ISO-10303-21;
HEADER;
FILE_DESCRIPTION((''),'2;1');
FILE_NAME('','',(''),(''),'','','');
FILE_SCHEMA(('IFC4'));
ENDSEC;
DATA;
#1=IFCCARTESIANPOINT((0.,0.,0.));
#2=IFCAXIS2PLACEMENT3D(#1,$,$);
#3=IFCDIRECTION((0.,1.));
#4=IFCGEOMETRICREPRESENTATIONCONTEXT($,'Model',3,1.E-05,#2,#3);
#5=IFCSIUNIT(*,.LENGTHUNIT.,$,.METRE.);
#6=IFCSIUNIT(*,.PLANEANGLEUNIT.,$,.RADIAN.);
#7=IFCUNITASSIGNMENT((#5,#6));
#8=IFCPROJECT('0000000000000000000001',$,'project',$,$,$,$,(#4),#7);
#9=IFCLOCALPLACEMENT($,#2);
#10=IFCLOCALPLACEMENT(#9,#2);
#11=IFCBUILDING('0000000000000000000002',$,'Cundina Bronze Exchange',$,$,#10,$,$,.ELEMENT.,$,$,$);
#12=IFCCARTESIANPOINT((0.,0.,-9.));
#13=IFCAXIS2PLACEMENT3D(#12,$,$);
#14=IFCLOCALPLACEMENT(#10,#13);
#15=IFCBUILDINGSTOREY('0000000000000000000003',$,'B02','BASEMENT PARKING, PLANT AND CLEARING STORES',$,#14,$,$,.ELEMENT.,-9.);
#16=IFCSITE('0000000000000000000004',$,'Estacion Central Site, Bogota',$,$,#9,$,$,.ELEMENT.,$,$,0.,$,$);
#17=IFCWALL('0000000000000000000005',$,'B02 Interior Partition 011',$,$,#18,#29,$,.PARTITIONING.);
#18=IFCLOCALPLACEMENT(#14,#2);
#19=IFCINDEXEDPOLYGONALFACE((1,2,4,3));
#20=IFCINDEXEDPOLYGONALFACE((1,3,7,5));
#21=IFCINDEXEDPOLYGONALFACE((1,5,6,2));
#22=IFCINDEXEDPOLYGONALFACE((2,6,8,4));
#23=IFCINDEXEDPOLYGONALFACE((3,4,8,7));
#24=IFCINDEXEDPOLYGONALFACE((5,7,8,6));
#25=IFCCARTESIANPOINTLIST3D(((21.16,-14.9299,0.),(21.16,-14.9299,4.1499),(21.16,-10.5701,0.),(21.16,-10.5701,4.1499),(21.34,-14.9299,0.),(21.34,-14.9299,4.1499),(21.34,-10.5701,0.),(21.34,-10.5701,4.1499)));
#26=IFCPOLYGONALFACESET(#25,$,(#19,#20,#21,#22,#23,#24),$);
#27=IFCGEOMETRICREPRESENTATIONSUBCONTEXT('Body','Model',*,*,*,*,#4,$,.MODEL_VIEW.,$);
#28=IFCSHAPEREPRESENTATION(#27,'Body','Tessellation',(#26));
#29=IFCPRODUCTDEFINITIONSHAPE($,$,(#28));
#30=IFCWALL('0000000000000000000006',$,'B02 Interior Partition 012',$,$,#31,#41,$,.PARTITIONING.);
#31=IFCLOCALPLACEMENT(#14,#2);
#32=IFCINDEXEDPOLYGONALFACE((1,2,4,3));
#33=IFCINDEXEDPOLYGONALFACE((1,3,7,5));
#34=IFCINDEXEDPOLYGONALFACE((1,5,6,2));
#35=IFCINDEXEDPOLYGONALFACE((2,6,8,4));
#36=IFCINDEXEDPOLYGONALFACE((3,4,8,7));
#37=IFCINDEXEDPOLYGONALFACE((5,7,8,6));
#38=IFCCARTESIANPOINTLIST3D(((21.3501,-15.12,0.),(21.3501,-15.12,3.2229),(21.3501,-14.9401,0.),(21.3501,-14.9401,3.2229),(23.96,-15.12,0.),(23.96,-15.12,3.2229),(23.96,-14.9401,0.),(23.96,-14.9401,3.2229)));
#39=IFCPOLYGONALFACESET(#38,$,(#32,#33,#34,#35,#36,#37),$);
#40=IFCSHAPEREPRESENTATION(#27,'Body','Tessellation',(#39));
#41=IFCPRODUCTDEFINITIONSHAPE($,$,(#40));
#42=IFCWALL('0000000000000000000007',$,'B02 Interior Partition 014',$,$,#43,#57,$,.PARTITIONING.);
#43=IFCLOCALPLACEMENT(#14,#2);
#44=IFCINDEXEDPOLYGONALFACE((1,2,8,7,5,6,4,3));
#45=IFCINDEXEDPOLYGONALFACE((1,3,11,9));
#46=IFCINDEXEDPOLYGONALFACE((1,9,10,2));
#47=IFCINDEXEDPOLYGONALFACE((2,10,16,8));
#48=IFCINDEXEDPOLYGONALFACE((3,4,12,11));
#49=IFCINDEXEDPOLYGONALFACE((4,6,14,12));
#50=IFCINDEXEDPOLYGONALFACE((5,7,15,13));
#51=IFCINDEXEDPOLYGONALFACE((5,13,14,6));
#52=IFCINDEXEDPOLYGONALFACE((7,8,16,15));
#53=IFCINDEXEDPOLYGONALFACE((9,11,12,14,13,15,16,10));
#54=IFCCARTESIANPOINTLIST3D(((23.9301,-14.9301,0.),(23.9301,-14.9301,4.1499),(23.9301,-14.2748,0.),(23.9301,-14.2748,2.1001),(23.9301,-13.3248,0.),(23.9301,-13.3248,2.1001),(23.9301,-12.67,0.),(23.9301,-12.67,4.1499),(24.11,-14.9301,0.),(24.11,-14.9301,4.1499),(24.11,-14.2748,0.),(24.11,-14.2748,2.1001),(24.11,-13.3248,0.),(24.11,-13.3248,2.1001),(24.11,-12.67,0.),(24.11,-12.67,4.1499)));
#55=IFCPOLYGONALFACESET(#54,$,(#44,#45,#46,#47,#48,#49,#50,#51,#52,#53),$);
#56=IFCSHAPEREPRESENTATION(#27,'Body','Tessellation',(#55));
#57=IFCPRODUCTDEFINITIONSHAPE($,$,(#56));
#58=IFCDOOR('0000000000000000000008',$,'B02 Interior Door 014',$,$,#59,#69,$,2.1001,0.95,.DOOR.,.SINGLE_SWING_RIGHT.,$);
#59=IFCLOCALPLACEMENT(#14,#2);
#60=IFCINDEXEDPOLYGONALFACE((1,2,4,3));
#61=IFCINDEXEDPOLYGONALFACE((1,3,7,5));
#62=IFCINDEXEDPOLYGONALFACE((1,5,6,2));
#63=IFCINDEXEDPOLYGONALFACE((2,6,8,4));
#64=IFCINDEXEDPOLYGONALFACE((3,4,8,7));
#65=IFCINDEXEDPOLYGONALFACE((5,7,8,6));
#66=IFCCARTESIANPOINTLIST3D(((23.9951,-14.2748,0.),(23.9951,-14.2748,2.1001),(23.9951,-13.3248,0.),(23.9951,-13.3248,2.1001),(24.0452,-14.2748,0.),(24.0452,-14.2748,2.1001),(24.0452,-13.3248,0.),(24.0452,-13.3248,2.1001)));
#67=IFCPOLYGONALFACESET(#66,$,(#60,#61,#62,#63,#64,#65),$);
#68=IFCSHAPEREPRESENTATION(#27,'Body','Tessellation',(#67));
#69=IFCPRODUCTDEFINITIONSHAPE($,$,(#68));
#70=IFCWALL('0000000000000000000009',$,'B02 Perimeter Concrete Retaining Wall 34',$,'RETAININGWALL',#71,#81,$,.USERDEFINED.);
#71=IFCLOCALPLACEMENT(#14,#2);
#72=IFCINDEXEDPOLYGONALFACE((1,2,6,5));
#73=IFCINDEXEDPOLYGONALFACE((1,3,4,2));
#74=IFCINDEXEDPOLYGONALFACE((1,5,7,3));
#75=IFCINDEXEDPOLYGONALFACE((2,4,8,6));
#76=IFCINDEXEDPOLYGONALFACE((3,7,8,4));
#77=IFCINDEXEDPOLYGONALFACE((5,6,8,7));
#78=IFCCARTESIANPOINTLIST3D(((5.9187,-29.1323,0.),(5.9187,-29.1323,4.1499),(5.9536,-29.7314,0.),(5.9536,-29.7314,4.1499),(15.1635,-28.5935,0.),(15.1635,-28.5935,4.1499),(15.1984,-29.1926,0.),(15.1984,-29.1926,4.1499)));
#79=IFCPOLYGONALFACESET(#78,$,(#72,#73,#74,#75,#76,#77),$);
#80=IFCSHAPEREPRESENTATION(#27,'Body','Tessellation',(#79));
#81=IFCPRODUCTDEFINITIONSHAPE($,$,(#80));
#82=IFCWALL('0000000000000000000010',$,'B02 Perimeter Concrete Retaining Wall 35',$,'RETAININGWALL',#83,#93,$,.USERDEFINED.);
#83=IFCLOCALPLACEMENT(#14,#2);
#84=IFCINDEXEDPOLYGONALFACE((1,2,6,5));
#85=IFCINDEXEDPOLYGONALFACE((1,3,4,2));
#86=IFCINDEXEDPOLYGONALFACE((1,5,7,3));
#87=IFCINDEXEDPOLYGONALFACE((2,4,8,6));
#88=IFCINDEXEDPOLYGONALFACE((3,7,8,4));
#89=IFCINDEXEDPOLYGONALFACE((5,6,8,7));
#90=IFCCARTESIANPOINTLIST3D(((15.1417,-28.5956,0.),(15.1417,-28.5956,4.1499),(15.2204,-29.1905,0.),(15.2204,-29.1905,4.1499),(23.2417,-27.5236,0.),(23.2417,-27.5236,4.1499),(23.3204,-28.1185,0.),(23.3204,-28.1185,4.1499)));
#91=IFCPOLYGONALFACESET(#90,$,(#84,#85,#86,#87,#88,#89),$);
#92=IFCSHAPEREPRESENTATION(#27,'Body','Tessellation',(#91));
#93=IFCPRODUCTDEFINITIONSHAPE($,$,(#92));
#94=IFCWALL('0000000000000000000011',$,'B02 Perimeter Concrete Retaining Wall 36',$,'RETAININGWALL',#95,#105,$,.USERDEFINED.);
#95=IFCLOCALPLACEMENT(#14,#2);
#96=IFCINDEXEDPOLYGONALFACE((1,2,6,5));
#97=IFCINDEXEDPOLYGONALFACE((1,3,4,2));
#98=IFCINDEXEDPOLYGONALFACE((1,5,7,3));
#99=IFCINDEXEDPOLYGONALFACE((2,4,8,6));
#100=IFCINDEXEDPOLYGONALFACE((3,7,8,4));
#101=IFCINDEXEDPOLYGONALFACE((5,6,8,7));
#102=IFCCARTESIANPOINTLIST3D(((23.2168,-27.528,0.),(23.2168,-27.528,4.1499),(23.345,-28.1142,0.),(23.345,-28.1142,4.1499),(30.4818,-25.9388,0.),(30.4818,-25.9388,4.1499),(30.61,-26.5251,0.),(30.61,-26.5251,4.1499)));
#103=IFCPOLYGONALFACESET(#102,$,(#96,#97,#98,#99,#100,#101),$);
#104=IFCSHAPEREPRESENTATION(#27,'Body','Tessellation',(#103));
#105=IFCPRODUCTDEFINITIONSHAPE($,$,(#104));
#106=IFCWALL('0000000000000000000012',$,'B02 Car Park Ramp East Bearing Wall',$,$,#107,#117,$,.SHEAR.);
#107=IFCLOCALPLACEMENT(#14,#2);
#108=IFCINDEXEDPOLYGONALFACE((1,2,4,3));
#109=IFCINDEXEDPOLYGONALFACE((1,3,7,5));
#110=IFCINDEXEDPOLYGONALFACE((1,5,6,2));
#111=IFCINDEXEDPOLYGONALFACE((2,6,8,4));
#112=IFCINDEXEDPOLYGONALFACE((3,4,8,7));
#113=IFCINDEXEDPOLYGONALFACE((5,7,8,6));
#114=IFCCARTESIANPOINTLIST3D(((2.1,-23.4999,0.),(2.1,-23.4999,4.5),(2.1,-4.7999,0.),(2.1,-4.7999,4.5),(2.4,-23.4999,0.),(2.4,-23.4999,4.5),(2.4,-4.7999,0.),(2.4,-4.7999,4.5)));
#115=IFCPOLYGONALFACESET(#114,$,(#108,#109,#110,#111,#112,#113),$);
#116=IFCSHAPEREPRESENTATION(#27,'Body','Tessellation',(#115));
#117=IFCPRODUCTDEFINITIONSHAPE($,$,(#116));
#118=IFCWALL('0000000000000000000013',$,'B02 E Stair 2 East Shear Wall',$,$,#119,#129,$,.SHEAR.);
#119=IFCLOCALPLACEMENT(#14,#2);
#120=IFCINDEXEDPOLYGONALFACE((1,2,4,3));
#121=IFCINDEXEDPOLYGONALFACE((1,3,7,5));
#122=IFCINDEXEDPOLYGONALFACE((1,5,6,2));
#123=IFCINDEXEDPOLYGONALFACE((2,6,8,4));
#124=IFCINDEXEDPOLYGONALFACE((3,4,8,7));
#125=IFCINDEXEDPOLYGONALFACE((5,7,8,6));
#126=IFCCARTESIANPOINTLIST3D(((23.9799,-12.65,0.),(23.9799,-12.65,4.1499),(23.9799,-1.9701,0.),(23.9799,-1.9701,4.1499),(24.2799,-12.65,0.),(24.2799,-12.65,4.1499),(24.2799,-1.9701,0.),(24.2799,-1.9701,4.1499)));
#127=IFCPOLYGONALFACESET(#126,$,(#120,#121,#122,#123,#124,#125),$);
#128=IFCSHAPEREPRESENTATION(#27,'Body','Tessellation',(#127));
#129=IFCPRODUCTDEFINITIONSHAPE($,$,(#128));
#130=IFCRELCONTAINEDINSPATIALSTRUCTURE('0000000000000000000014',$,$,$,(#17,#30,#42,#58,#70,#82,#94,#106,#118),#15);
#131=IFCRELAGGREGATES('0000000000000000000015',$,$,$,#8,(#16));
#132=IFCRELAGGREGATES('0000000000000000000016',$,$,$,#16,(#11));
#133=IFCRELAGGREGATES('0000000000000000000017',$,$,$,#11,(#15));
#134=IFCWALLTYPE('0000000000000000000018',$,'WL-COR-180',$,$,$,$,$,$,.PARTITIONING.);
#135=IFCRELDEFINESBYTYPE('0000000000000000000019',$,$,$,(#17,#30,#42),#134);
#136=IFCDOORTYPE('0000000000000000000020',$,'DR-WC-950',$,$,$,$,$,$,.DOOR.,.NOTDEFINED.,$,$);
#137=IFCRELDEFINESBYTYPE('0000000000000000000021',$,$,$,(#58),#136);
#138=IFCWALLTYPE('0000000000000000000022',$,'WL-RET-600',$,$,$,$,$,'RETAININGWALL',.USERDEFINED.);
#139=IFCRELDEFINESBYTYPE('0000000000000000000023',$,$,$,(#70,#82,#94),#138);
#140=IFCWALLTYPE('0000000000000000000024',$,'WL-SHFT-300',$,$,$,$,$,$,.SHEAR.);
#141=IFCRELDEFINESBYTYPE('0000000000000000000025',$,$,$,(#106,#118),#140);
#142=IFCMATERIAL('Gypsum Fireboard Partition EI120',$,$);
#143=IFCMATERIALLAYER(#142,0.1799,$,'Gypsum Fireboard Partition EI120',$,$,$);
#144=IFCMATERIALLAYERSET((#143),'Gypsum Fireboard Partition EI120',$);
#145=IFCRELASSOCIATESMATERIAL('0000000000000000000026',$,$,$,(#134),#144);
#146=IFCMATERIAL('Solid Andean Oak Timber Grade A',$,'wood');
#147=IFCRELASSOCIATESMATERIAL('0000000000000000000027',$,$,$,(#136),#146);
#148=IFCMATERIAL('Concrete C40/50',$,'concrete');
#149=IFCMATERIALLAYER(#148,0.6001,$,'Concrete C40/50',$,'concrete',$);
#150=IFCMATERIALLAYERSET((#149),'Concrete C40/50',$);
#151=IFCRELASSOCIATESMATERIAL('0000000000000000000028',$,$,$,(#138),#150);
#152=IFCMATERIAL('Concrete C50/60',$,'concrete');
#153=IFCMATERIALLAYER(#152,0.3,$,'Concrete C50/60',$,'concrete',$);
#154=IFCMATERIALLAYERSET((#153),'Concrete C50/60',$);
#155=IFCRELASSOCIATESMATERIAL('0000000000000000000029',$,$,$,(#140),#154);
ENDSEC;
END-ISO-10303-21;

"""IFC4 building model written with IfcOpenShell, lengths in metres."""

from ifc_helpers import new_model, si_unit, direction, frame, frame_2d, origin, place, context, subcontext, project, spatial, rectangle, extrude, material, layer, layer_set, type_object, element, fill, save


model = new_model("IFC4")

# Units and contexts
model_context = context("Model", 3, precision=1e-05, world=origin(), true_north=direction((0.0, 1.0)))
body_context = subcontext(model_context, "Body", "Model", "MODEL_VIEW")
ifc_project = project(units=[si_unit("LENGTHUNIT", "METRE"), si_unit("PLANEANGLEUNIT", "RADIAN")], contexts=[model_context])

# Site, building, storey
site_placement = place(None, origin())
site = spatial("IfcSite", under=ifc_project, at=site_placement, Name="Estacion Central Site, Bogota", CompositionType="ELEMENT", RefElevation=0.0)
building_placement = place(site_placement, origin())
building = spatial("IfcBuilding", under=site, at=building_placement, Name="Cundina Bronze Exchange", CompositionType="ELEMENT")
storey_placement = place(building_placement, frame((0.0, 0.0, -9.0)))
storey = spatial("IfcBuildingStorey", under=building, at=storey_placement, Name="B02", Description="BASEMENT PARKING, PLANT AND CLEARING STORES", CompositionType="ELEMENT", Elevation=-9.0)

# Shared definitions
ifc_material_1 = material(Name="Concrete C40/50", Category="concrete")

# Shared definitions
ifc_material_2 = material(Name="Concrete C50/60", Category="concrete")

# Walls
ifc_material_3 = material(Name="Gypsum Fireboard Partition EI120")
ifc_layer_1 = layer(ifc_material_3, 0.1799, Name="Gypsum Fireboard Partition EI120")
ifc_layer_set_1 = layer_set([ifc_layer_1], Name="Gypsum Fireboard Partition EI120")
wall_type_1 = type_object("IfcWallType", Name="WL-COR-180", PredefinedType="PARTITIONING", material=ifc_layer_set_1)
wall_1_placement = place(storey_placement, frame((21.25, -14.9299, 0.0), z_axis=(0.0, 0.0, 1.0), x_axis=(0.0, 1.0, 0.0)))
element("IfcWall", 1, at=wall_1_placement, inside=storey, type_object=wall_type_1, Name="B02 Interior Partition 011", PredefinedType="PARTITIONING", context=body_context, shape_type="SweptSolid", body=[
    extrude(rectangle(XDim=4.3599, YDim=0.1799, at=frame_2d((2.1799, 0.0))), origin(), (0.0, 0.0, 1.0), 4.1499),
])
wall_2_placement = place(storey_placement, frame((21.3501, -15.03, 0.0), z_axis=(0.0, 0.0, 1.0), x_axis=(1.0, 0.0, 0.0)))
element("IfcWall", 2, at=wall_2_placement, inside=storey, type_object=wall_type_1, Name="B02 Interior Partition 012", PredefinedType="PARTITIONING", context=body_context, shape_type="SweptSolid", body=[
    extrude(rectangle(XDim=2.6099, YDim=0.1799, at=frame_2d((1.3049, 0.0))), origin(), (0.0, 0.0, 1.0), 3.2229),
])

# Wall, opening, door
wall_3_placement = place(storey_placement, frame((24.02, -14.9299, 0.0), z_axis=(0.0, 0.0, 1.0), x_axis=(0.0, 1.0, 0.0)))
wall_3 = element("IfcWall", 3, at=wall_3_placement, inside=storey, type_object=wall_type_1, Name="B02 Interior Partition 014", PredefinedType="PARTITIONING", context=body_context, shape_type="SweptSolid", body=[
    extrude(rectangle(XDim=2.26, YDim=0.1799, at=frame_2d((1.1299, 0.0))), origin(), (0.0, 0.0, 1.0), 4.1499),
])
opening_placement = place(wall_3_placement, frame((0.655, 0.0, 0.0)))
opening = element("IfcOpeningElement", 4, at=opening_placement, cuts=wall_3, PredefinedType="OPENING", context=body_context, shape_type="SweptSolid", body=[
    extrude(rectangle(XDim=0.95, YDim=2.1001, at=frame_2d((0.4751, 1.05))), frame((0.0, 0.0999, 0.0), z_axis=(0.0, -1.0, 0.0), x_axis=(1.0, 0.0, 0.0)), (0.0, 0.0, 1.0), 0.2),
])
ifc_material_4 = material(Name="Solid Andean Oak Timber Grade A", Category="wood")
door_type = type_object("IfcDoorType", Name="DR-WC-950", OperationType="NOTDEFINED", PredefinedType="DOOR", material=ifc_material_4)
door_placement = place(opening_placement, origin())
door = element("IfcDoor", 5, at=door_placement, inside=storey, type_object=door_type, Name="B02 Interior Door 014", OperationType="SINGLE_SWING_RIGHT", OverallHeight=2.1001, OverallWidth=0.95, PredefinedType="DOOR", context=body_context, shape_type="SweptSolid", body=[
    extrude(rectangle(XDim=0.95, YDim=2.1001, at=frame_2d((0.4751, 1.05))), frame((0.0, 0.0249, 0.0), z_axis=(0.0, -1.0, 0.0), x_axis=(1.0, 0.0, 0.0)), (0.0, 0.0, 1.0), 0.05),
])
fill(opening, door)

# Walls
ifc_layer_2 = layer(ifc_material_1, 0.6001, Name="Concrete C40/50", Category="concrete")
ifc_layer_set_2 = layer_set([ifc_layer_2], Name="Concrete C40/50")
wall_type_2 = type_object("IfcWallType", Name="WL-RET-600", ElementType="RETAININGWALL", PredefinedType="USERDEFINED", material=ifc_layer_set_2)
wall_4_placement = place(storey_placement, frame((5.936, -29.4319, 0.0), z_axis=(0.0, 0.0, 1.0), x_axis=(0.998306, 0.058184, 0.0)))
element("IfcWall", 6, at=wall_4_placement, inside=storey, type_object=wall_type_2, Name="B02 Perimeter Concrete Retaining Wall 34", ObjectType="RETAININGWALL", PredefinedType="USERDEFINED", context=body_context, shape_type="SweptSolid", body=[
    extrude(rectangle(XDim=9.2605, YDim=0.6001, at=frame_2d((4.6304, 0.0))), origin(), (0.0, 0.0, 1.0), 4.1499),
])
wall_5_placement = place(storey_placement, frame((15.1809, -28.8931, 0.0), z_axis=(0.0, 0.0, 1.0), x_axis=(0.991356, 0.131203, 0.0)))
element("IfcWall", 7, at=wall_5_placement, inside=storey, type_object=wall_type_2, Name="B02 Perimeter Concrete Retaining Wall 35", ObjectType="RETAININGWALL", PredefinedType="USERDEFINED", context=body_context, shape_type="SweptSolid", body=[
    extrude(rectangle(XDim=8.1707, YDim=0.6001, at=frame_2d((4.0854, 0.0))), origin(), (0.0, 0.0, 1.0), 4.1499),
])
wall_6_placement = place(storey_placement, frame((23.281, -27.821, 0.0), z_axis=(0.0, 0.0, 1.0), x_axis=(0.976902, 0.213686, 0.0)))
element("IfcWall", 8, at=wall_6_placement, inside=storey, type_object=wall_type_2, Name="B02 Perimeter Concrete Retaining Wall 36", ObjectType="RETAININGWALL", PredefinedType="USERDEFINED", context=body_context, shape_type="SweptSolid", body=[
    extrude(rectangle(XDim=7.4368, YDim=0.6001, at=frame_2d((3.7183, 0.0))), origin(), (0.0, 0.0, 1.0), 4.1499),
])
ifc_layer_3 = layer(ifc_material_2, 0.3, Name="Concrete C50/60", Category="concrete")
ifc_layer_set_3 = layer_set([ifc_layer_3], Name="Concrete C50/60")
wall_type_3 = type_object("IfcWallType", Name="WL-SHFT-300", PredefinedType="SHEAR", material=ifc_layer_set_3)
wall_7_placement = place(storey_placement, frame((2.25, -23.5, 0.0), z_axis=(0.0, 0.0, 1.0), x_axis=(0.0, 1.0, 0.0)))
element("IfcWall", 9, at=wall_7_placement, inside=storey, type_object=wall_type_3, Name="B02 Car Park Ramp East Bearing Wall", PredefinedType="SHEAR", context=body_context, shape_type="SweptSolid", body=[
    extrude(rectangle(XDim=18.7, YDim=0.3, at=frame_2d((9.3501, 0.0))), origin(), (0.0, 0.0, 1.0), 4.5),
])
wall_8_placement = place(storey_placement, frame((24.1299, -12.6499, 0.0), z_axis=(0.0, 0.0, 1.0), x_axis=(0.0, 1.0, 0.0)))
element("IfcWall", 10, at=wall_8_placement, inside=storey, type_object=wall_type_3, Name="B02 E Stair 2 East Shear Wall", PredefinedType="SHEAR", context=body_context, shape_type="SweptSolid", body=[
    extrude(rectangle(XDim=10.6799, YDim=0.3, at=frame_2d((5.3398, 0.0))), origin(), (0.0, 0.0, 1.0), 4.1499),
])

save(model, "model.ifc")
